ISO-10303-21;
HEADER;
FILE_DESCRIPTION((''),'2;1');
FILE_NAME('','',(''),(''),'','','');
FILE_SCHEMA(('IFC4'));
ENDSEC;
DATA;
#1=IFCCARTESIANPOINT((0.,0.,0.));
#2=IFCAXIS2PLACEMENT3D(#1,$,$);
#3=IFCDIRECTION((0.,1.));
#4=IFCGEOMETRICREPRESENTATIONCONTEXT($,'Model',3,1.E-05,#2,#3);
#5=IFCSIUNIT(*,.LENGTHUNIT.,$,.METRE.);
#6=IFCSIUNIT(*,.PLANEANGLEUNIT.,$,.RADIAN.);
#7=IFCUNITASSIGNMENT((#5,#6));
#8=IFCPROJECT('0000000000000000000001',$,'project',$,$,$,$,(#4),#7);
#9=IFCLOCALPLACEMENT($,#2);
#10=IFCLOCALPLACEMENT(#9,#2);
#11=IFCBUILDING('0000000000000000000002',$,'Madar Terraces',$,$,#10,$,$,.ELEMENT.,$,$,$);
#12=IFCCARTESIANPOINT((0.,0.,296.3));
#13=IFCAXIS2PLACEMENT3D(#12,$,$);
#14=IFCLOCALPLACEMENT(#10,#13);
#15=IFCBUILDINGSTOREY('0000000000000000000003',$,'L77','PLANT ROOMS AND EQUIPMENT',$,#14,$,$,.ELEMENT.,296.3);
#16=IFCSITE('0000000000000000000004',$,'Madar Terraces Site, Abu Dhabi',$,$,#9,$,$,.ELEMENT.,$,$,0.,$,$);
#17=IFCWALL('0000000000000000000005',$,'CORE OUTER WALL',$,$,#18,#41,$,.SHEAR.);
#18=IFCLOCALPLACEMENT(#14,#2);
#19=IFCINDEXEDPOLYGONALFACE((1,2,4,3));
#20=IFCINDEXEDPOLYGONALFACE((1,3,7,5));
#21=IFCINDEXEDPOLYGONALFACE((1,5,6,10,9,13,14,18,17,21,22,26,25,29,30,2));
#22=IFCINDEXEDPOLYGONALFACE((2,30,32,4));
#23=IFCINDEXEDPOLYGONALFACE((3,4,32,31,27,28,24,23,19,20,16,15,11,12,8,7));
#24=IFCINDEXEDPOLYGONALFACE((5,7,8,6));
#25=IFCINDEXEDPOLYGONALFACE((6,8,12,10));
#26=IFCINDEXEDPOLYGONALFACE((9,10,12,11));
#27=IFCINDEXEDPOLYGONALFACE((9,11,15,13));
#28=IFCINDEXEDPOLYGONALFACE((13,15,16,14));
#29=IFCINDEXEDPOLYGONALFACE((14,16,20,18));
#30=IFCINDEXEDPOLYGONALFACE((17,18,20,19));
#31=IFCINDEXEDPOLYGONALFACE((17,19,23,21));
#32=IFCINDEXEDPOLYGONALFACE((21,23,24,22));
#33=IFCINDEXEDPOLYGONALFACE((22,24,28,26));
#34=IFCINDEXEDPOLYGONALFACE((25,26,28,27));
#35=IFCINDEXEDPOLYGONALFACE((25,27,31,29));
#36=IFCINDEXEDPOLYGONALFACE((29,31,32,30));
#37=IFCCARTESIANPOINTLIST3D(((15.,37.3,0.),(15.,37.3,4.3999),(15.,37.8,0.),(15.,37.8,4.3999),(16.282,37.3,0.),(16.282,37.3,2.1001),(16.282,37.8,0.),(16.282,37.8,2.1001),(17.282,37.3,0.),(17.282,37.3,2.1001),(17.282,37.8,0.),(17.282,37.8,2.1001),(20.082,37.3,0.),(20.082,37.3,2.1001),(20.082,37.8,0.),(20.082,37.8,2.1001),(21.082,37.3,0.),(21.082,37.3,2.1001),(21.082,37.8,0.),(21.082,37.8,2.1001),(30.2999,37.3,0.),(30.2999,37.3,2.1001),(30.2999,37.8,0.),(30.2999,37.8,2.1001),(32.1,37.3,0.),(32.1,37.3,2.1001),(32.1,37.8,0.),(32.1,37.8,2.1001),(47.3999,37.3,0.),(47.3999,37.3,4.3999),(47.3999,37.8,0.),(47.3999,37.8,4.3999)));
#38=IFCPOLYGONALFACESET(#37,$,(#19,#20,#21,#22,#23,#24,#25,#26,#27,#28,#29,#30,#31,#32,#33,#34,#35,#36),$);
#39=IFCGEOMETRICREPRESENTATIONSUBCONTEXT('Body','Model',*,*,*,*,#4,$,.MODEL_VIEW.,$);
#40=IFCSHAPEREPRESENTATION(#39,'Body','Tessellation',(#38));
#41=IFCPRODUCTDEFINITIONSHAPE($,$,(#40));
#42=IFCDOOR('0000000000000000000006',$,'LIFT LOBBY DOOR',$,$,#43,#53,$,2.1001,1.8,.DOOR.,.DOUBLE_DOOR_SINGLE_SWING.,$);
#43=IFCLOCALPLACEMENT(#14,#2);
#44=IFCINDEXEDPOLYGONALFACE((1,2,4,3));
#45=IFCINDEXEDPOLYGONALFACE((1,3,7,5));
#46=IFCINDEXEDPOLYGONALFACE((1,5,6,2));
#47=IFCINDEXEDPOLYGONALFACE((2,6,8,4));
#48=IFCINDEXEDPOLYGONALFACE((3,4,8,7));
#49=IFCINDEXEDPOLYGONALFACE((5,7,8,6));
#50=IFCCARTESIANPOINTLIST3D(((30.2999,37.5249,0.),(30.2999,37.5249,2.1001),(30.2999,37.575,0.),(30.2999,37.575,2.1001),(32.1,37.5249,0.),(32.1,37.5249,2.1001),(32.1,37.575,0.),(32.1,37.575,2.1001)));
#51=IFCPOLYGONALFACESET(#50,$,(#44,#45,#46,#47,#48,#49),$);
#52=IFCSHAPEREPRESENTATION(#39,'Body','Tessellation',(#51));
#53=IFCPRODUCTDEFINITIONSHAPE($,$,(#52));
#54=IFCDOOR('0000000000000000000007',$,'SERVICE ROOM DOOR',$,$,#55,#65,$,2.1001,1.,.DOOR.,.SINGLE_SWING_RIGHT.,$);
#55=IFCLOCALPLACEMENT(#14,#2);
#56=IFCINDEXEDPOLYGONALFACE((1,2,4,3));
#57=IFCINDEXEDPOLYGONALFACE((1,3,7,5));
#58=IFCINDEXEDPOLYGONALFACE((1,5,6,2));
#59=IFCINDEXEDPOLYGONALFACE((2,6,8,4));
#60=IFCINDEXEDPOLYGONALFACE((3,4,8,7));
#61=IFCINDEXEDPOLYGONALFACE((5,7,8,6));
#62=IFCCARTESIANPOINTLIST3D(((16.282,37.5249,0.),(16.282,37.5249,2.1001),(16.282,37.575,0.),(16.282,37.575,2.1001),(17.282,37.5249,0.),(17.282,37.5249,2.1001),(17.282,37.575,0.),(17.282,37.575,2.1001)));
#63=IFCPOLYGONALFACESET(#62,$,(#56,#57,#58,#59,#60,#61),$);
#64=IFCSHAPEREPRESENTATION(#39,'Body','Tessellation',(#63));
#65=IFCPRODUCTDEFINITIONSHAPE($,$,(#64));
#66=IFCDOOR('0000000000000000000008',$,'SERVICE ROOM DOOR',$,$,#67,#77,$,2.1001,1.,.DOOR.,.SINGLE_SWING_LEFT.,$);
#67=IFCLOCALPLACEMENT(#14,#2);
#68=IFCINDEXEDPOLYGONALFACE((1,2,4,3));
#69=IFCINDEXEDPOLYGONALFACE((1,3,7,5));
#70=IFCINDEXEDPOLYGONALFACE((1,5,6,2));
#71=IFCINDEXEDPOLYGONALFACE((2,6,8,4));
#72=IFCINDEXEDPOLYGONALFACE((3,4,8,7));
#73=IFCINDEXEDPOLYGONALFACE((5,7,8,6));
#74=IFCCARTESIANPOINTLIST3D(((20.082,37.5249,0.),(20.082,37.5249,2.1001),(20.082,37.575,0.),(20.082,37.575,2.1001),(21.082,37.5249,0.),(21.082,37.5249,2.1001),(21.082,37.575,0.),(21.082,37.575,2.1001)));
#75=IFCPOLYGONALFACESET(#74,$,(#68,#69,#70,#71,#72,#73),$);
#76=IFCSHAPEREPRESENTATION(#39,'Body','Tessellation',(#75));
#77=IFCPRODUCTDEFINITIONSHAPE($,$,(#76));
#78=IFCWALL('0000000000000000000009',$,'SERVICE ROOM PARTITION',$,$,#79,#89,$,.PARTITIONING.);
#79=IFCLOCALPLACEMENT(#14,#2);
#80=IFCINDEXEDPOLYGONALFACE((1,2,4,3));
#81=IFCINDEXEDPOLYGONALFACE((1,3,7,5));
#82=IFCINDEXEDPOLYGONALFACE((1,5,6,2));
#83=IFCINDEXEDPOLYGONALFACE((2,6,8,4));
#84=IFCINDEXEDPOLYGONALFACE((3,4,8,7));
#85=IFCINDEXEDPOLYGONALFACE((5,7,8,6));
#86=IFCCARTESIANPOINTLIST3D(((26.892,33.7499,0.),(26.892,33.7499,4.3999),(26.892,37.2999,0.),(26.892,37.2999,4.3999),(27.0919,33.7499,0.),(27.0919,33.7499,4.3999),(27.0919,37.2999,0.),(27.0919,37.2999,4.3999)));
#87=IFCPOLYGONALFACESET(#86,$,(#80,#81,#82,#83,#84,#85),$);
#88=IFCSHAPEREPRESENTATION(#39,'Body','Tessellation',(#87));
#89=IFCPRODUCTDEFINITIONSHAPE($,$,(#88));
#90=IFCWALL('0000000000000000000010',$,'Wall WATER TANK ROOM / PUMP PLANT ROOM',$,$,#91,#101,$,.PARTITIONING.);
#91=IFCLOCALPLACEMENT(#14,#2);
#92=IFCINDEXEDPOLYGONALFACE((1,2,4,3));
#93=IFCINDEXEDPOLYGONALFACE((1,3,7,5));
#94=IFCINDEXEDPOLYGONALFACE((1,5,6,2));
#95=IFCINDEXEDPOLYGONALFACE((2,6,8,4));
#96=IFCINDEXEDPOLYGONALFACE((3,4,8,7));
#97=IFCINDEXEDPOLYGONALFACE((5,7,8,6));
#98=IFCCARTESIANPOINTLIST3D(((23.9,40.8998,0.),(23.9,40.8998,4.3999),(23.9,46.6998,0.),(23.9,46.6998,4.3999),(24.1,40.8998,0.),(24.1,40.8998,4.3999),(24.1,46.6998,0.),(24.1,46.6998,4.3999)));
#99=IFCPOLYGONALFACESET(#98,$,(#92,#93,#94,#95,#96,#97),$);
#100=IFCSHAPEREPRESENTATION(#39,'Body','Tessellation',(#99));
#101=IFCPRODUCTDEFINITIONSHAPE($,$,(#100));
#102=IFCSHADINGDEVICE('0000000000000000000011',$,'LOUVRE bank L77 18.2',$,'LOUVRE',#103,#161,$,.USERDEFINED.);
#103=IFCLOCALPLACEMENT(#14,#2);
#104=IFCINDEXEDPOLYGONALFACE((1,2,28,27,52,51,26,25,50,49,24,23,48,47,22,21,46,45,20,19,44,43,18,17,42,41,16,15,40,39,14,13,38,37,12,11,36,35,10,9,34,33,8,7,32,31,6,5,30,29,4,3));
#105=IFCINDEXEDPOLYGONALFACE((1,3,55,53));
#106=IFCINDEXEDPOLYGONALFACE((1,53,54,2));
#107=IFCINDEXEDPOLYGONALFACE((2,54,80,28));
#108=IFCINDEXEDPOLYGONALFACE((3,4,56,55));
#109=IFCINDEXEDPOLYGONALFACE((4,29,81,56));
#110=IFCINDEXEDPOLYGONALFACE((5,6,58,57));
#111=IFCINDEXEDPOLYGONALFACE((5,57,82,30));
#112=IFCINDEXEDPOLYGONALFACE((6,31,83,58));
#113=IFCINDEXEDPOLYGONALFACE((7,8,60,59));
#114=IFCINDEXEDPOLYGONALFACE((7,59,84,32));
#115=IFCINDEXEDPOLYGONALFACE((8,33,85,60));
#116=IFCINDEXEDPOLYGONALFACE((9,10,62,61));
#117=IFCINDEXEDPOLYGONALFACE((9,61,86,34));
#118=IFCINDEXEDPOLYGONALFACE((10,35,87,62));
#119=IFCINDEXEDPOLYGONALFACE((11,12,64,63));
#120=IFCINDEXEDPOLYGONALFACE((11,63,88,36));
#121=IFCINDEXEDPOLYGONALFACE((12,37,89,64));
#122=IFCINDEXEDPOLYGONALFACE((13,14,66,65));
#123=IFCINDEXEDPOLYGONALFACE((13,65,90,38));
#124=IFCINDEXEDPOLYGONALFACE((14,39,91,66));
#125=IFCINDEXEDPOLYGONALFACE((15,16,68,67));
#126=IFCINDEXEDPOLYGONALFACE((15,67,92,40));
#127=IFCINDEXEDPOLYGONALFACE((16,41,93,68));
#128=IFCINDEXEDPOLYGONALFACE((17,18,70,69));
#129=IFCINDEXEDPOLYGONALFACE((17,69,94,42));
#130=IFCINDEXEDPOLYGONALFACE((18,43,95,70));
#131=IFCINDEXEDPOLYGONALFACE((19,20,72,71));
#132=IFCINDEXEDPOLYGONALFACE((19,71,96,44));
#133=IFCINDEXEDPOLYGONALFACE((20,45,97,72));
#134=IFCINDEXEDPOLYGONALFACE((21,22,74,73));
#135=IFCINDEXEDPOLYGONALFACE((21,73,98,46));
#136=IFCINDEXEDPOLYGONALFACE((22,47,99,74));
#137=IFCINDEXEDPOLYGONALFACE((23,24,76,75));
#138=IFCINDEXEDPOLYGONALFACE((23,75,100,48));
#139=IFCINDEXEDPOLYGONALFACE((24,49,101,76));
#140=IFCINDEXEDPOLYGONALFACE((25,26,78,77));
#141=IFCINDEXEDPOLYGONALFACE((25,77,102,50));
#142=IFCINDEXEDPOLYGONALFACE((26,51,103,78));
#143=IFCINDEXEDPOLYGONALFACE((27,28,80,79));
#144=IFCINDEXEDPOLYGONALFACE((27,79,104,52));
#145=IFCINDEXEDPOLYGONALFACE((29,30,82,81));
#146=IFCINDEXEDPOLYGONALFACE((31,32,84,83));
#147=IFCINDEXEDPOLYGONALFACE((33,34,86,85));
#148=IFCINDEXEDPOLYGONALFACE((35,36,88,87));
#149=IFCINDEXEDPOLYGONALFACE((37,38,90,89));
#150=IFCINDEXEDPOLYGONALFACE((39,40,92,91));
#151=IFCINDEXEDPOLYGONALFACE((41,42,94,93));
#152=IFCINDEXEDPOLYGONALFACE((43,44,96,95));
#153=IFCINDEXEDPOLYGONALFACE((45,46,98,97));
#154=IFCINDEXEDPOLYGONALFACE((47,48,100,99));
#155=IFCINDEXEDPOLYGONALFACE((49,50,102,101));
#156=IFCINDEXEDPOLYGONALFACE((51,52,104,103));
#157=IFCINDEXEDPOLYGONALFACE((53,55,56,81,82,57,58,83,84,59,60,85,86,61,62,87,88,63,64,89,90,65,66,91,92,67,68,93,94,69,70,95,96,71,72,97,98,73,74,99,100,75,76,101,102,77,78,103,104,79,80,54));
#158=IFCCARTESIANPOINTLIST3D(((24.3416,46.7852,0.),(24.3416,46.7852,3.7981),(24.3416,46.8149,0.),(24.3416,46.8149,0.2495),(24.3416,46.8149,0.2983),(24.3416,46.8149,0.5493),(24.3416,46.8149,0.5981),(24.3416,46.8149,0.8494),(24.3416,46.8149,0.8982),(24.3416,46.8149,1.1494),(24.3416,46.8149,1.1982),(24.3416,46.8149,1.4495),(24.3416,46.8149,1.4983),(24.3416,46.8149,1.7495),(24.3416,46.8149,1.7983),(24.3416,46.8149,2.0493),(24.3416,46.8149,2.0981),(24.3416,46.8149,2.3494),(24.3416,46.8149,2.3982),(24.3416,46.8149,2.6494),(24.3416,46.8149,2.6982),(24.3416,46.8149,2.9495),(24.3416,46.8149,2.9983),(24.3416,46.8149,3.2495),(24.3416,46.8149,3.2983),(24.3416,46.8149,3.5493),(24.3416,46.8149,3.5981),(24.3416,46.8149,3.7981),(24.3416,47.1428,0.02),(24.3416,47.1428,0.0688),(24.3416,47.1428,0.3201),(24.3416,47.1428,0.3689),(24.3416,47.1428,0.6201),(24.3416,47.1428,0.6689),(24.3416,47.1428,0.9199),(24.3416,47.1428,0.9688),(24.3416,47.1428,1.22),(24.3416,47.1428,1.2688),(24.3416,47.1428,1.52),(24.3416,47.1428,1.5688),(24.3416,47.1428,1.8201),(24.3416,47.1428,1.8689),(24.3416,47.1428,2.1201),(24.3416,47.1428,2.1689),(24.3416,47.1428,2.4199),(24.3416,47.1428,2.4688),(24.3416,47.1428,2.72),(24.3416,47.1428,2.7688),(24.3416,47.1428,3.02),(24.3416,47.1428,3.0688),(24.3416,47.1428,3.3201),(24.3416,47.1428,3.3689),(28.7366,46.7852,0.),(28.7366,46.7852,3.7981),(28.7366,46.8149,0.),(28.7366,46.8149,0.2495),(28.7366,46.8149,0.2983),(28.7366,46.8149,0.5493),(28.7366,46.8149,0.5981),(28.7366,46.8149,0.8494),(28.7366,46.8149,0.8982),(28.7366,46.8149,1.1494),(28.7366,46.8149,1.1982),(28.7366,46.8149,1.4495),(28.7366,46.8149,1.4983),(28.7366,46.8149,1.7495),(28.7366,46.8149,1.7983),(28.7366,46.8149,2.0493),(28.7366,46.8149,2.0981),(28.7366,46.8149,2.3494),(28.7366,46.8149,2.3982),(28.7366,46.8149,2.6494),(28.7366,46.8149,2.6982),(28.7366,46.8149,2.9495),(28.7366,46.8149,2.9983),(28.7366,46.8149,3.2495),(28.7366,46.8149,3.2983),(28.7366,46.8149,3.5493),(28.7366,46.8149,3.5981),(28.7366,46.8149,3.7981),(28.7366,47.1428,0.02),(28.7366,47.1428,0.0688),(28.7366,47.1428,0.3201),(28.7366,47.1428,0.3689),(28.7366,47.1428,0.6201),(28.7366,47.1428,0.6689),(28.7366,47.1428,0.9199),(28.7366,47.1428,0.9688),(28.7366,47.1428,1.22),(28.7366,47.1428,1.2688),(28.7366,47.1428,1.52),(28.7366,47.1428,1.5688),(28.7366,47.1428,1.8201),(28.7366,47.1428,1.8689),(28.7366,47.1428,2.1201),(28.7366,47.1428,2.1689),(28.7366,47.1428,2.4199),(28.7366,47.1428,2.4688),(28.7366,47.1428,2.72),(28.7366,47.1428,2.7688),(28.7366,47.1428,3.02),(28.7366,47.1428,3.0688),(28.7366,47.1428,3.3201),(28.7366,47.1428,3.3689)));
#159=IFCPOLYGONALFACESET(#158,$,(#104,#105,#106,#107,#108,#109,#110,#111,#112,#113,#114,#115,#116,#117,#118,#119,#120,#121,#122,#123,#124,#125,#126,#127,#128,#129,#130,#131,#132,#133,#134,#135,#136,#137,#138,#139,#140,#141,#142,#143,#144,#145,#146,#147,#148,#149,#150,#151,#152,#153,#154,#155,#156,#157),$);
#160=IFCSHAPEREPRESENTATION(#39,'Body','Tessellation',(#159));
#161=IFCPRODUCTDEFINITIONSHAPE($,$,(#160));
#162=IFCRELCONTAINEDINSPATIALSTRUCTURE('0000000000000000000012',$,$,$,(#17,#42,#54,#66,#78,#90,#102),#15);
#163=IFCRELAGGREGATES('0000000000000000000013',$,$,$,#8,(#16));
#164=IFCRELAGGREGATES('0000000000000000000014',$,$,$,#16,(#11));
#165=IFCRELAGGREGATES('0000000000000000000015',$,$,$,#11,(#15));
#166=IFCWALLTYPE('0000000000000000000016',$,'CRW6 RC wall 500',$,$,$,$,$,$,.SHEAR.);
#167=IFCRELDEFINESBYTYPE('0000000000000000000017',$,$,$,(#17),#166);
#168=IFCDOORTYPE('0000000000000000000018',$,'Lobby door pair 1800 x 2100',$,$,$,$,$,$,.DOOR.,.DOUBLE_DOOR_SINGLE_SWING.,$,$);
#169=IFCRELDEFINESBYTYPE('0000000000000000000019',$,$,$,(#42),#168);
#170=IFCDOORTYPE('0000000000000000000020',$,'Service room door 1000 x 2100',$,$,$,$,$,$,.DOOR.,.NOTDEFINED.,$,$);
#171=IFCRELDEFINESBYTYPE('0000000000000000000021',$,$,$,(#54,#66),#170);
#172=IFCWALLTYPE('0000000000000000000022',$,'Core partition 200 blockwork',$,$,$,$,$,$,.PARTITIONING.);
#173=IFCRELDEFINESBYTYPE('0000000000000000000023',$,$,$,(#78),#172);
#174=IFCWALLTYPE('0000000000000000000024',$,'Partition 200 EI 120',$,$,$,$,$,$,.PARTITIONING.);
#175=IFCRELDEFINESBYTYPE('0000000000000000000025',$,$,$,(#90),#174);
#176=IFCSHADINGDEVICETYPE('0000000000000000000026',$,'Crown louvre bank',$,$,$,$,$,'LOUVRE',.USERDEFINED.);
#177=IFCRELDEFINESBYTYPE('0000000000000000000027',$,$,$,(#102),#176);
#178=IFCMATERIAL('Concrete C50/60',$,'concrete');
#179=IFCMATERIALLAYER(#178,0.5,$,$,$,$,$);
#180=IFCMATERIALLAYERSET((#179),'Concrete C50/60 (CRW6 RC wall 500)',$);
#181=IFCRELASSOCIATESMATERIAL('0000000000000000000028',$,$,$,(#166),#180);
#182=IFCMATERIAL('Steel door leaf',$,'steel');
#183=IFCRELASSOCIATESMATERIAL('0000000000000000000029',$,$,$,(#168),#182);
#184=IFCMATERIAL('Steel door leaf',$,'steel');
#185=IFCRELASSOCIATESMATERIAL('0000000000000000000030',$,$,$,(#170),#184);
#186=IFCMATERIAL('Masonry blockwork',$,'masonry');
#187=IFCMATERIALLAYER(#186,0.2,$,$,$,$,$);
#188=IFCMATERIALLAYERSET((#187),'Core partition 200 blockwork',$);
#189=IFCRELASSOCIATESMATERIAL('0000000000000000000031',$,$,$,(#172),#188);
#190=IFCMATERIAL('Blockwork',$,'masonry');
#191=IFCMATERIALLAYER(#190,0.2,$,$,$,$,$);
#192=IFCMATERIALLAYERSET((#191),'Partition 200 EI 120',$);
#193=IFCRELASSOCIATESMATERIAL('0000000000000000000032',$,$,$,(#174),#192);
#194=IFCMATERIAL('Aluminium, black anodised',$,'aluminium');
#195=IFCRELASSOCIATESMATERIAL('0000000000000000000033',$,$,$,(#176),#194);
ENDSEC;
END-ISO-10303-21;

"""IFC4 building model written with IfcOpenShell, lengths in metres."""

from ifc_helpers import new_model, si_unit, direction, frame, frame_2d, origin, place, context, subcontext, project, spatial, polyline, rectangle, outline, extrude, material, layer, layer_set, type_object, element, fill, save


model = new_model("IFC4")

# Units and contexts
model_context = context("Model", 3, precision=1e-05, world=origin(), true_north=direction((0.0, 1.0)))
body_context = subcontext(model_context, "Body", "Model", "MODEL_VIEW")
ifc_project = project(units=[si_unit("LENGTHUNIT", "METRE"), si_unit("PLANEANGLEUNIT", "RADIAN")], contexts=[model_context])

# Site, building, storey
site_placement = place(None, origin())
site = spatial("IfcSite", under=ifc_project, at=site_placement, Name="Madar Terraces Site, Abu Dhabi", CompositionType="ELEMENT", RefElevation=0.0)
building_placement = place(site_placement, origin())
building = spatial("IfcBuilding", under=site, at=building_placement, Name="Madar Terraces", CompositionType="ELEMENT")
storey_placement = place(building_placement, frame((0.0, 0.0, 296.3)))
storey = spatial("IfcBuildingStorey", under=building, at=storey_placement, Name="L77", Description="PLANT ROOMS AND EQUIPMENT", CompositionType="ELEMENT", Elevation=296.3)

# Wall, openings, doors
ifc_material_1 = material(Name="Concrete C50/60", Category="concrete")
ifc_layer_1 = layer(ifc_material_1, 0.5)
ifc_layer_set_1 = layer_set([ifc_layer_1], Name="Concrete C50/60 (CRW6 RC wall 500)")
wall_type_1 = type_object("IfcWallType", Name="CRW6 RC wall 500", PredefinedType="SHEAR", material=ifc_layer_set_1)
wall_1_placement = place(storey_placement, frame((15.0, 37.55, 0.0), z_axis=(0.0, 0.0, 1.0), x_axis=(1.0, 0.0, 0.0)))
wall_1 = element("IfcWall", 1, at=wall_1_placement, inside=storey, type_object=wall_type_1, Name="CORE OUTER WALL", PredefinedType="SHEAR", context=body_context, shape_type="SweptSolid", body=[
    extrude(rectangle(XDim=32.3999, YDim=0.5, at=frame_2d((16.2, 0.0))), origin(), (0.0, 0.0, 1.0), 4.3999),
])
opening_1_placement = place(wall_1_placement, frame((15.3, 0.0, 0.0)))
opening_1 = element("IfcOpeningElement", 2, at=opening_1_placement, cuts=wall_1, PredefinedType="OPENING", context=body_context, shape_type="SweptSolid", body=[
    extrude(rectangle(XDim=1.8, YDim=2.1001, at=frame_2d((0.8999, 1.05))), frame((0.0, 0.26, 0.0), z_axis=(0.0, -1.0, 0.0), x_axis=(1.0, 0.0, 0.0)), (0.0, 0.0, 1.0), 0.52),
])
opening_2_placement = place(wall_1_placement, frame((1.282, 0.0, 0.0)))
opening_2 = element("IfcOpeningElement", 3, at=opening_2_placement, cuts=wall_1, PredefinedType="OPENING", context=body_context, shape_type="SweptSolid", body=[
    extrude(rectangle(XDim=1.0, YDim=2.1001, at=frame_2d((0.5, 1.05))), frame((0.0, 0.26, 0.0), z_axis=(0.0, -1.0, 0.0), x_axis=(1.0, 0.0, 0.0)), (0.0, 0.0, 1.0), 0.52),
])
opening_3_placement = place(wall_1_placement, frame((5.082, 0.0, 0.0)))
opening_3 = element("IfcOpeningElement", 4, at=opening_3_placement, cuts=wall_1, PredefinedType="OPENING", context=body_context, shape_type="SweptSolid", body=[
    extrude(rectangle(XDim=1.0, YDim=2.1001, at=frame_2d((0.5, 1.05))), frame((0.0, 0.26, 0.0), z_axis=(0.0, -1.0, 0.0), x_axis=(1.0, 0.0, 0.0)), (0.0, 0.0, 1.0), 0.52),
])
ifc_material_2 = material(Name="Steel door leaf", Category="steel")
door_type_1 = type_object("IfcDoorType", Name="Lobby door pair 1800 x 2100", OperationType="DOUBLE_DOOR_SINGLE_SWING", PredefinedType="DOOR", material=ifc_material_2)
door_1_placement = place(opening_1_placement, origin())
door_1 = element("IfcDoor", 5, at=door_1_placement, inside=storey, type_object=door_type_1, Name="LIFT LOBBY DOOR", OperationType="DOUBLE_DOOR_SINGLE_SWING", OverallHeight=2.1001, OverallWidth=1.8, PredefinedType="DOOR", context=body_context, shape_type="SweptSolid", body=[
    extrude(rectangle(XDim=1.8, YDim=2.1001, at=frame_2d((0.8999, 1.05))), frame((0.0, 0.0249, 0.0), z_axis=(0.0, -1.0, 0.0), x_axis=(1.0, 0.0, 0.0)), (0.0, 0.0, 1.0), 0.05),
])
fill(opening_1, door_1)
ifc_material_3 = material(Name="Steel door leaf", Category="steel")
door_type_2 = type_object("IfcDoorType", Name="Service room door 1000 x 2100", OperationType="NOTDEFINED", PredefinedType="DOOR", material=ifc_material_3)
door_2_placement = place(opening_2_placement, origin())
door_2 = element("IfcDoor", 6, at=door_2_placement, inside=storey, type_object=door_type_2, Name="SERVICE ROOM DOOR", OperationType="SINGLE_SWING_RIGHT", OverallHeight=2.1001, OverallWidth=1.0, PredefinedType="DOOR", context=body_context, shape_type="SweptSolid", body=[
    extrude(rectangle(XDim=1.0, YDim=2.1001, at=frame_2d((0.5, 1.05))), frame((0.0, 0.0249, 0.0), z_axis=(0.0, -1.0, 0.0), x_axis=(1.0, 0.0, 0.0)), (0.0, 0.0, 1.0), 0.05),
])
fill(opening_2, door_2)
door_3_placement = place(opening_3_placement, origin())
door_3 = element("IfcDoor", 7, at=door_3_placement, inside=storey, type_object=door_type_2, Name="SERVICE ROOM DOOR", OperationType="SINGLE_SWING_LEFT", OverallHeight=2.1001, OverallWidth=1.0, PredefinedType="DOOR", context=body_context, shape_type="SweptSolid", body=[
    extrude(rectangle(XDim=1.0, YDim=2.1001, at=frame_2d((0.5, 1.05))), frame((0.0, 0.0249, 0.0), z_axis=(0.0, -1.0, 0.0), x_axis=(1.0, 0.0, 0.0)), (0.0, 0.0, 1.0), 0.05),
])
fill(opening_3, door_3)

# Walls
ifc_material_4 = material(Name="Masonry blockwork", Category="masonry")
ifc_layer_2 = layer(ifc_material_4, 0.2)
ifc_layer_set_2 = layer_set([ifc_layer_2], Name="Core partition 200 blockwork")
wall_type_2 = type_object("IfcWallType", Name="Core partition 200 blockwork", PredefinedType="PARTITIONING", material=ifc_layer_set_2)
wall_2_placement = place(storey_placement, frame((26.9919, 33.75, 0.0), z_axis=(0.0, 0.0, 1.0), x_axis=(0.0, 1.0, 0.0)))
element("IfcWall", 8, at=wall_2_placement, inside=storey, type_object=wall_type_2, Name="SERVICE ROOM PARTITION", PredefinedType="PARTITIONING", context=body_context, shape_type="SweptSolid", body=[
    extrude(rectangle(XDim=3.55, YDim=0.2, at=frame_2d((1.7749, 0.0))), origin(), (0.0, 0.0, 1.0), 4.3999),
])
ifc_material_5 = material(Name="Blockwork", Category="masonry")
ifc_layer_3 = layer(ifc_material_5, 0.2)
ifc_layer_set_3 = layer_set([ifc_layer_3], Name="Partition 200 EI 120")
wall_type_3 = type_object("IfcWallType", Name="Partition 200 EI 120", PredefinedType="PARTITIONING", material=ifc_layer_set_3)
wall_3_placement = place(storey_placement, frame((24.0, 40.8999, 0.0), z_axis=(0.0, 0.0, 1.0), x_axis=(0.0, 1.0, 0.0)))
element("IfcWall", 9, at=wall_3_placement, inside=storey, type_object=wall_type_3, Name="Wall WATER TANK ROOM / PUMP PLANT ROOM", PredefinedType="PARTITIONING", context=body_context, shape_type="SweptSolid", body=[
    extrude(rectangle(XDim=5.8, YDim=0.2, at=frame_2d((2.8999, 0.0))), origin(), (0.0, 0.0, 1.0), 4.3999),
])

# Shading device
ifc_material_6 = material(Name="Aluminium, black anodised", Category="aluminium")
shading_device_type = type_object("IfcShadingDeviceType", Name="Crown louvre bank", ElementType="LOUVRE", PredefinedType="USERDEFINED", material=ifc_material_6)
shading_device_1_placement = place(storey_placement, frame((28.7366, 46.8, 0.0), z_axis=(-1.0, 0.0, 0.0), x_axis=(0.0, -1.0, 0.0)))
element("IfcShadingDevice", 10, at=shading_device_1_placement, inside=storey, type_object=shading_device_type, Name="LOUVRE bank L77 18.2", ObjectType="LOUVRE", PredefinedType="USERDEFINED", context=body_context, shape_type="SweptSolid", body=[
    extrude(outline(polyline([(0.0149, 0.0), (-0.0149, 0.0), (-0.0149, 0.2495), (-0.3428, 0.02), (-0.3428, 0.0688), (-0.0149, 0.2983), (-0.0149, 0.5493), (-0.3428, 0.3201), (-0.3428, 0.3689), (-0.0149, 0.5981), (-0.0149, 0.8494), (-0.3428, 0.6201), (-0.3428, 0.6689), (-0.0149, 0.8982), (-0.0149, 1.1494), (-0.3428, 0.9199), (-0.3428, 0.9688), (-0.0149, 1.1982), (-0.0149, 1.4495), (-0.3428, 1.22), (-0.3428, 1.2688), (-0.0149, 1.4983), (-0.0149, 1.7495), (-0.3428, 1.52), (-0.3428, 1.5688), (-0.0149, 1.7983), (-0.0149, 2.0493), (-0.3428, 1.8201), (-0.3428, 1.8689), (-0.0149, 2.0981), (-0.0149, 2.3494), (-0.3428, 2.1201), (-0.3428, 2.1689), (-0.0149, 2.3982), (-0.0149, 2.6494), (-0.3428, 2.4199), (-0.3428, 2.4688), (-0.0149, 2.6982), (-0.0149, 2.9495), (-0.3428, 2.72), (-0.3428, 2.7688), (-0.0149, 2.9983), (-0.0149, 3.2495), (-0.3428, 3.02), (-0.3428, 3.0688), (-0.0149, 3.2983), (-0.0149, 3.5493), (-0.3428, 3.3201), (-0.3428, 3.3689), (-0.0149, 3.5981), (-0.0149, 3.7981), (0.0149, 3.7981), (0.0149, 0.0)])), origin(), (0.0, 0.0, 1.0), 4.395),
])

save(model, "model.ifc")
